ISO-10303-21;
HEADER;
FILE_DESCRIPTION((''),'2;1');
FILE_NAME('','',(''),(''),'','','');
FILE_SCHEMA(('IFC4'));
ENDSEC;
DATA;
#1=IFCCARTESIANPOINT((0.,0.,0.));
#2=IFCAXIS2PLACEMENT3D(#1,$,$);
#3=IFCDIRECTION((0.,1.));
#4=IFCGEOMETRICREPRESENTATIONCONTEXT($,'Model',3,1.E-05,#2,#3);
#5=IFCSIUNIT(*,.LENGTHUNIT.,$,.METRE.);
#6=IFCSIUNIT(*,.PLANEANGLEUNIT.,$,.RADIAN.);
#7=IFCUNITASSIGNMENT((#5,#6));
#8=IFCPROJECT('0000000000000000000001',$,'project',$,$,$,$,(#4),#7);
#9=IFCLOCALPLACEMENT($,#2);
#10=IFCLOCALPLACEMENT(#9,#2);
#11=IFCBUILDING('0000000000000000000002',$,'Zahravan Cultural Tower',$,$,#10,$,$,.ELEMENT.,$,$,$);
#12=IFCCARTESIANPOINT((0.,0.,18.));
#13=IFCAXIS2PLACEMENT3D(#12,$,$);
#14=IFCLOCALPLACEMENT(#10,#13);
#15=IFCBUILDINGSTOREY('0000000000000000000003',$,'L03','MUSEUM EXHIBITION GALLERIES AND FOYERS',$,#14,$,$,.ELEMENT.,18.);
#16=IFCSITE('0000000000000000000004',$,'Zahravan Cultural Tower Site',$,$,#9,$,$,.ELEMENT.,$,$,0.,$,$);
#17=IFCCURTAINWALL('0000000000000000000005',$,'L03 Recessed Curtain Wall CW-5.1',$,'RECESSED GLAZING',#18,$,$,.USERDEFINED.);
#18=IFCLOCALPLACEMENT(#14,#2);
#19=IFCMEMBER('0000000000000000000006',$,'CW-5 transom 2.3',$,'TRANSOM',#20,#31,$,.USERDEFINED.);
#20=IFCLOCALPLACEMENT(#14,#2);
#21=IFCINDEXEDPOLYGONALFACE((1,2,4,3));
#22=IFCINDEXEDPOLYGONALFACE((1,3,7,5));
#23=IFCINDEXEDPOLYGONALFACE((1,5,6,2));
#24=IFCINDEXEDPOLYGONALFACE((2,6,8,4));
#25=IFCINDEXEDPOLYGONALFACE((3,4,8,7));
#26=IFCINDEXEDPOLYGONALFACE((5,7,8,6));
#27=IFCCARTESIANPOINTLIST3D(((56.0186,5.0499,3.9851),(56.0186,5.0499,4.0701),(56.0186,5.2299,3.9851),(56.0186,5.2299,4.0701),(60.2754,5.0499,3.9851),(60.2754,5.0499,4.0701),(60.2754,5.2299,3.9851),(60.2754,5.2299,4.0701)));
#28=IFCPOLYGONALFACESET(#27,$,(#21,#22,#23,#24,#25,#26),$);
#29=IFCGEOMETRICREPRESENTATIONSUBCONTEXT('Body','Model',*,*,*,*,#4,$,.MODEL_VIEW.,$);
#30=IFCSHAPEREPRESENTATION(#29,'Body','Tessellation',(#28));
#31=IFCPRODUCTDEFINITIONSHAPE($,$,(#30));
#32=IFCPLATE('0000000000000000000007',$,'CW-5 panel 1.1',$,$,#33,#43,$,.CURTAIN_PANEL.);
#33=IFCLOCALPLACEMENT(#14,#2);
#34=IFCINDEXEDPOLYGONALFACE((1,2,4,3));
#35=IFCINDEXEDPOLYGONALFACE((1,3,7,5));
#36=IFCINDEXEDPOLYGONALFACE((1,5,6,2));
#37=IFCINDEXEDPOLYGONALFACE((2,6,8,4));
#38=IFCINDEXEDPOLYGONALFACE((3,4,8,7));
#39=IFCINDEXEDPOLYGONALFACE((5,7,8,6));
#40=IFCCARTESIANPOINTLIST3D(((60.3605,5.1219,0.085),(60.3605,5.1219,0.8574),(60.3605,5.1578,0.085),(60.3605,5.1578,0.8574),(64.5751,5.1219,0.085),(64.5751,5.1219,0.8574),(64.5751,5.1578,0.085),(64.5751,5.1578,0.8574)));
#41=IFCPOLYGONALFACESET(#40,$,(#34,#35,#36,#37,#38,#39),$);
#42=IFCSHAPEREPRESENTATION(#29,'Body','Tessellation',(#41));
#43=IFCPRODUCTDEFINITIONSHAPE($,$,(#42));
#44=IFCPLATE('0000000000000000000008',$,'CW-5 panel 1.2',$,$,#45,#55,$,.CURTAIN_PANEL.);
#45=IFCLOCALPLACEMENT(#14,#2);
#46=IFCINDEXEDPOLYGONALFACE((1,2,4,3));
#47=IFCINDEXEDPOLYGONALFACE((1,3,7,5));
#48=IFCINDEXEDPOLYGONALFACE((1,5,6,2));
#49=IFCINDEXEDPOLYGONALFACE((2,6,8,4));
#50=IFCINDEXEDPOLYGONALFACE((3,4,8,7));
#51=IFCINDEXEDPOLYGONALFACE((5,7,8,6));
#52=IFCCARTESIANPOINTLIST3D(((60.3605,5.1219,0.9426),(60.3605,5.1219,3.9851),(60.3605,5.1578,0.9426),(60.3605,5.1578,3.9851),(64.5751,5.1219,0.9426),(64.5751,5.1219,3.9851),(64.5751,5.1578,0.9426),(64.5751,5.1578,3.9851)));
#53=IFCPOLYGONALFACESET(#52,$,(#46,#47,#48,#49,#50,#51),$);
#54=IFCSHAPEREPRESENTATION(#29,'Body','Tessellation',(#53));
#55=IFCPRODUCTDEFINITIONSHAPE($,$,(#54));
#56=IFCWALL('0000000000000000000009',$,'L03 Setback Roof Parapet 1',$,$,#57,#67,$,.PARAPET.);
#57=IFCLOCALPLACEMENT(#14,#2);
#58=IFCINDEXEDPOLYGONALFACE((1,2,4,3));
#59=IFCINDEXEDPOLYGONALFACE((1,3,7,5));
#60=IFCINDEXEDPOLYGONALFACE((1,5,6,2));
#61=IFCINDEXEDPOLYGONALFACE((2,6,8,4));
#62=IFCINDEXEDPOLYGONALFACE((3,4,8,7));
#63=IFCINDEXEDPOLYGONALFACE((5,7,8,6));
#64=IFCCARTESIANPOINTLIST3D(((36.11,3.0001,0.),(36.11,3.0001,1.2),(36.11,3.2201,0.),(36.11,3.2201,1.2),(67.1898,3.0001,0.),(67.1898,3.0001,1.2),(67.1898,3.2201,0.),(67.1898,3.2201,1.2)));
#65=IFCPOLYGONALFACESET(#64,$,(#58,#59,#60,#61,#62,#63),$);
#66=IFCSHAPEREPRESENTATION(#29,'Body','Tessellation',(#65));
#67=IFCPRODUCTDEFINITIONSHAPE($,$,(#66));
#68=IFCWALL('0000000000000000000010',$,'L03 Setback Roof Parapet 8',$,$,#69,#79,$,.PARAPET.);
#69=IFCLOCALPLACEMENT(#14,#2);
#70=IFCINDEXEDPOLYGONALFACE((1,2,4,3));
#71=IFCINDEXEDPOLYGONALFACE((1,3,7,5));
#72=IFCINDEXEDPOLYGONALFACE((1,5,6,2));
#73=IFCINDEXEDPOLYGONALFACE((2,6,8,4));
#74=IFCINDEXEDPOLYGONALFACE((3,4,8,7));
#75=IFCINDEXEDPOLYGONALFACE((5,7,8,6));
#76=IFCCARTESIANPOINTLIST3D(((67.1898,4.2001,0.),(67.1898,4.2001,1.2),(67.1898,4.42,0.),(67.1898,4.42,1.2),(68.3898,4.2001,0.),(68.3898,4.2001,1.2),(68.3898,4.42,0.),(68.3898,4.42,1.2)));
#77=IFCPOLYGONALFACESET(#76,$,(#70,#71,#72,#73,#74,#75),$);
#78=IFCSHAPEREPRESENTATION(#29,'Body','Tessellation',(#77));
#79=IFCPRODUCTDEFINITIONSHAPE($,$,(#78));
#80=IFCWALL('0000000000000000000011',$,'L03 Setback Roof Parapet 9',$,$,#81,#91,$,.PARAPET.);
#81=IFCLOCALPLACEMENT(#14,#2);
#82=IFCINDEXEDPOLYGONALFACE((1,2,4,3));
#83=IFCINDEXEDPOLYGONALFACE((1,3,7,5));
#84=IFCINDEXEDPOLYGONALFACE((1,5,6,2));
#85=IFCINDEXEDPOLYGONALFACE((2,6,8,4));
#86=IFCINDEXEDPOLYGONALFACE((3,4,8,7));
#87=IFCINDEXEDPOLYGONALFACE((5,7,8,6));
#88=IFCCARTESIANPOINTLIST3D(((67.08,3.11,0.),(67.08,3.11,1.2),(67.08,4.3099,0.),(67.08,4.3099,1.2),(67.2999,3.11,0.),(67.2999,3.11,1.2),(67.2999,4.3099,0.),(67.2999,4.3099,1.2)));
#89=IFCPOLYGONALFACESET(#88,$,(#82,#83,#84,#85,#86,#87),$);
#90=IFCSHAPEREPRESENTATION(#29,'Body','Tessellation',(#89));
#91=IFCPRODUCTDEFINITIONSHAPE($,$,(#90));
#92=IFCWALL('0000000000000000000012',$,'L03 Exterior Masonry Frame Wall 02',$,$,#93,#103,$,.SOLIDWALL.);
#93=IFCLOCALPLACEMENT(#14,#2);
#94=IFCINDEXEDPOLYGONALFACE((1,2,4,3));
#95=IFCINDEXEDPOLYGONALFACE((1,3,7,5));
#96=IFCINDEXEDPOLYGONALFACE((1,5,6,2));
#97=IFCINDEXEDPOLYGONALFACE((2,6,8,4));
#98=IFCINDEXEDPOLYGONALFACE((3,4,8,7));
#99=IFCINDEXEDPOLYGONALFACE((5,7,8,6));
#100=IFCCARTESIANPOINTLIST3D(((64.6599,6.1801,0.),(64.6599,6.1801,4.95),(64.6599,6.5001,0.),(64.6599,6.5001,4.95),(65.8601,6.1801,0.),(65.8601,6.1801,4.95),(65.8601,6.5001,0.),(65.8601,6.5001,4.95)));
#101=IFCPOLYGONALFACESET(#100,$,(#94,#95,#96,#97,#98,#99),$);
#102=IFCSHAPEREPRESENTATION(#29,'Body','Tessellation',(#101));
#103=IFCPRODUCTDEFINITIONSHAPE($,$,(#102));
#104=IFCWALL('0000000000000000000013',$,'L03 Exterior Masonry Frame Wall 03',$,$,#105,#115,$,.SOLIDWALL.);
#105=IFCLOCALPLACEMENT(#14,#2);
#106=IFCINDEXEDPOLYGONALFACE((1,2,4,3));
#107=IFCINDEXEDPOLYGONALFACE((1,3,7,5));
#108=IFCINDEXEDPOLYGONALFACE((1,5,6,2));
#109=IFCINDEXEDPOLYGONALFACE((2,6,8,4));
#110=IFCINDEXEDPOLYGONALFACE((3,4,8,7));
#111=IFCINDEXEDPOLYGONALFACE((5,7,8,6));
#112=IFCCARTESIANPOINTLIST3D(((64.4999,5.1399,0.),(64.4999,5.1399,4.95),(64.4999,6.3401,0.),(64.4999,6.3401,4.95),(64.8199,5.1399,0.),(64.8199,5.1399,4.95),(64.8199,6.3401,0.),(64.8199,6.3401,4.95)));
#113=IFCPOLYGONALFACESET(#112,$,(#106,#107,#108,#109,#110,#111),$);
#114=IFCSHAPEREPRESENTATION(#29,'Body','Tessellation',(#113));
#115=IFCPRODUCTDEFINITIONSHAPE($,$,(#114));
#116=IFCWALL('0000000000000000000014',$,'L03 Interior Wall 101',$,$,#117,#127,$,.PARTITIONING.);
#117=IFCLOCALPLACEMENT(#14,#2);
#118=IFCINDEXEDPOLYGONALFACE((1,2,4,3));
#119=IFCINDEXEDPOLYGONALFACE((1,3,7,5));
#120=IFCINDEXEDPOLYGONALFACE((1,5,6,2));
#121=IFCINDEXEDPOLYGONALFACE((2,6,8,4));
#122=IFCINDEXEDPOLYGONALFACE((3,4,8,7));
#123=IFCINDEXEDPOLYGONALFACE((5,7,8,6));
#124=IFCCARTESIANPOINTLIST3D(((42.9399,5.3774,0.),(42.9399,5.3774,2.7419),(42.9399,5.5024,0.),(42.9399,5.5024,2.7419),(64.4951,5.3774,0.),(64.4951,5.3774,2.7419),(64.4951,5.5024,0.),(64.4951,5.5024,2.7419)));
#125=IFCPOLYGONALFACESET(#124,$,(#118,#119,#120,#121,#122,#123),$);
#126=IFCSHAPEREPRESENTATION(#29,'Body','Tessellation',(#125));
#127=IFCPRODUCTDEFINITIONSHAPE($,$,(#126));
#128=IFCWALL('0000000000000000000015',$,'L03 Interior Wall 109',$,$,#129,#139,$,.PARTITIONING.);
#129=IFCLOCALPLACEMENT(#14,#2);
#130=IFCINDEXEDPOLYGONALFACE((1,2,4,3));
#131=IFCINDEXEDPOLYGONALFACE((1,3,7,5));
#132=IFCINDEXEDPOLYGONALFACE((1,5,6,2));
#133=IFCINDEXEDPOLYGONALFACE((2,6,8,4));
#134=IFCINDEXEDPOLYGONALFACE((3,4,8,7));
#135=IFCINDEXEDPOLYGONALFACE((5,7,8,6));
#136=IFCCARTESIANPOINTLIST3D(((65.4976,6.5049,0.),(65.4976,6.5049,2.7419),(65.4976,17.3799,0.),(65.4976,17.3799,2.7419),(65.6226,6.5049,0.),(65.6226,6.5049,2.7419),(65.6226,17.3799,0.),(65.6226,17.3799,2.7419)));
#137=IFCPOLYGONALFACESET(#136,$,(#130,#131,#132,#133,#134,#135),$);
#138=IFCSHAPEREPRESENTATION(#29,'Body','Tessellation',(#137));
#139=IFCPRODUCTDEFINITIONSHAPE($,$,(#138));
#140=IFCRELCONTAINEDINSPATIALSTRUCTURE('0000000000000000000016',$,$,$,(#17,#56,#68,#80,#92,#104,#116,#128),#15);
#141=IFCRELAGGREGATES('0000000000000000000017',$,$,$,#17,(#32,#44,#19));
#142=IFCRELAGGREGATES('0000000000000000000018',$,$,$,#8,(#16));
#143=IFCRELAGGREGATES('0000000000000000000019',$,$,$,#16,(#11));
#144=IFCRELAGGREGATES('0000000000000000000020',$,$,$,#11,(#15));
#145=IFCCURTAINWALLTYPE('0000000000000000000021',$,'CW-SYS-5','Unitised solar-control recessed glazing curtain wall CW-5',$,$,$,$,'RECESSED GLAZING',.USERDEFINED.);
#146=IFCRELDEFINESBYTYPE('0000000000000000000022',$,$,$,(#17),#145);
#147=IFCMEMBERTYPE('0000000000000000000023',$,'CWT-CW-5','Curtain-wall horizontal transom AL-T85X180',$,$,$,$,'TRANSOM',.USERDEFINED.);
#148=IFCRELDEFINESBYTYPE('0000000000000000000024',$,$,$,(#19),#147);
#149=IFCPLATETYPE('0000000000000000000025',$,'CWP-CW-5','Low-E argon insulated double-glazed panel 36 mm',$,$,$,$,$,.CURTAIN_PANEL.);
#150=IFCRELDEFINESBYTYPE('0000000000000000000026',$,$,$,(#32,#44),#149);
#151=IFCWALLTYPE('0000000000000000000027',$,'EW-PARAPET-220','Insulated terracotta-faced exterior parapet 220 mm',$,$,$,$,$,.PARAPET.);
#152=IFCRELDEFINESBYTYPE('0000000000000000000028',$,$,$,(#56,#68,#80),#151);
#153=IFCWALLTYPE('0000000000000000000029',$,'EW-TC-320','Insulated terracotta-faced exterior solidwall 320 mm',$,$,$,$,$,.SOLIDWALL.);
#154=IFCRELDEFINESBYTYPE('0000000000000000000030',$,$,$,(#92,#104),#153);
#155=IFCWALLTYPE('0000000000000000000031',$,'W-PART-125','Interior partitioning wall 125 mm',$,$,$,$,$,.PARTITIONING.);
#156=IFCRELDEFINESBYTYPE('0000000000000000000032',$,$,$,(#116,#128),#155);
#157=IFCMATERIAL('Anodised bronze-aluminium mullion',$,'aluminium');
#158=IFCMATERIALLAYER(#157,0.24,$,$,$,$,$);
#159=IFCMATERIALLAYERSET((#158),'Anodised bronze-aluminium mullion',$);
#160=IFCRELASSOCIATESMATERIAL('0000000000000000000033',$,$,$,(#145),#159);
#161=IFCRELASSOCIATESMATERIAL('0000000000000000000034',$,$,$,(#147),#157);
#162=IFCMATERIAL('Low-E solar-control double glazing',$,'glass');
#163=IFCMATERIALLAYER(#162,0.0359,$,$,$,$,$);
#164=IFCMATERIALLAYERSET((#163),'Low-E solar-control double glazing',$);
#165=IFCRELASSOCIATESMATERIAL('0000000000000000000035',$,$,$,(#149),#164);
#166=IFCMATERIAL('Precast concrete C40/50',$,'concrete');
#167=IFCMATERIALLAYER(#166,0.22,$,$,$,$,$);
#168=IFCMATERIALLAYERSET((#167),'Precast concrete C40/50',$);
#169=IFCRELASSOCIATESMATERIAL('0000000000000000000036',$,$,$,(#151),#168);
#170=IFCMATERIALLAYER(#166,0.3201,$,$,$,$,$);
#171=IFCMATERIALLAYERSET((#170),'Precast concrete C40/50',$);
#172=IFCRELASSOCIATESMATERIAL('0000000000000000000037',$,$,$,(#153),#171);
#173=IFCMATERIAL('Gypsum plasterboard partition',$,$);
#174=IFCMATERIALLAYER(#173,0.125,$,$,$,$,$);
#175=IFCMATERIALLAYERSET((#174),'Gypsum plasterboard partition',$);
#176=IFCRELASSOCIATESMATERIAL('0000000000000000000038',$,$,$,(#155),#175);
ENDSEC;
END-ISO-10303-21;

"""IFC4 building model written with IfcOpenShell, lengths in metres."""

from ifc_helpers import new_model, si_unit, direction, frame, frame_2d, origin, origin_2d, place, context, subcontext, project, spatial, rectangle, extrude, source, transform, mapped, material, layer, layer_set, material_profile, profile_set, type_object, element, aggregate, save


model = new_model("IFC4")

# Units and contexts
model_context = context("Model", 3, precision=1e-05, world=origin(), true_north=direction((0.0, 1.0)))
body_context = subcontext(model_context, "Body", "Model", "MODEL_VIEW")
ifc_project = project(units=[si_unit("LENGTHUNIT", "METRE"), si_unit("PLANEANGLEUNIT", "RADIAN")], contexts=[model_context])

# Site, building, storey
site_placement = place(None, origin())
site = spatial("IfcSite", under=ifc_project, at=site_placement, Name="Zahravan Cultural Tower Site", CompositionType="ELEMENT", RefElevation=0.0)
building_placement = place(site_placement, origin())
building = spatial("IfcBuilding", under=site, at=building_placement, Name="Zahravan Cultural Tower", CompositionType="ELEMENT")
storey_placement = place(building_placement, frame((0.0, 0.0, 18.0)))
storey = spatial("IfcBuildingStorey", under=building, at=storey_placement, Name="L03", Description="MUSEUM EXHIBITION GALLERIES AND FOYERS", CompositionType="ELEMENT", Elevation=18.0)

# Curtain wall, member, plates
ifc_material_1 = material(Name="Anodised bronze-aluminium mullion", Category="aluminium")
ifc_layer_1 = layer(ifc_material_1, 0.24)
ifc_layer_set_1 = layer_set([ifc_layer_1], Name="Anodised bronze-aluminium mullion")
curtain_wall_type = type_object("IfcCurtainWallType", Name="CW-SYS-5", Description="Unitised solar-control recessed glazing curtain wall CW-5", ElementType="RECESSED GLAZING", PredefinedType="USERDEFINED", material=ifc_layer_set_1)
curtain_wall_placement = place(storey_placement, origin())
curtain_wall = element("IfcCurtainWall", 1, at=curtain_wall_placement, inside=storey, type_object=curtain_wall_type, Name="L03 Recessed Curtain Wall CW-5.1", ObjectType="RECESSED GLAZING", PredefinedType="USERDEFINED")
ifc_material_profile_1 = material_profile(ifc_material_1, rectangle(XDim=0.1799, YDim=0.085, at=origin_2d()), Name="AL-T85X180")
ifc_profile_set_1 = profile_set([ifc_material_profile_1], Name="Anodised bronze-aluminium mullion")
member_type_1 = type_object("IfcMemberType", Name="CWT-CW-5", Description="Curtain-wall horizontal transom AL-T85X180", ElementType="TRANSOM", PredefinedType="USERDEFINED", material=ifc_profile_set_1)
shared_shape_1 = source(origin(), body_context, "Body", "SweptSolid", [
    extrude(rectangle(XDim=0.1799, YDim=0.085, at=origin_2d()), origin(), (0.0, 0.0, 1.0), 4.2568),
])
member_1_placement = place(storey_placement, frame((60.2754, 5.1399, 4.0276), z_axis=(-1.0, 0.0, 0.0), x_axis=(0.0, -1.0, 0.0)))
member_1 = element("IfcMember", 2, at=member_1_placement, type_object=member_type_1, Name="CW-5 transom 2.3", ObjectType="TRANSOM", PredefinedType="USERDEFINED", context=body_context, shape_type="MappedRepresentation", body=[
    mapped(shared_shape_1, transform((0.0, 0.0, 0.0), x_axis=(1.0, 0.0, 0.0), y_axis=(0.0, 1.0, 0.0), z_axis=(0.0, 0.0, 1.0), scale=1.0)),
])
ifc_material_2 = material(Name="Low-E solar-control double glazing", Category="glass")
ifc_layer_2 = layer(ifc_material_2, 0.0359)
ifc_layer_set_2 = layer_set([ifc_layer_2], Name="Low-E solar-control double glazing")
plate_type = type_object("IfcPlateType", Name="CWP-CW-5", Description="Low-E argon insulated double-glazed panel 36 mm", PredefinedType="CURTAIN_PANEL", material=ifc_layer_set_2)
shared_shape_2 = source(origin(), body_context, "Body", "SweptSolid", [
    extrude(rectangle(XDim=4.2146, YDim=0.0359, at=origin_2d()), origin(), (0.0, 0.0, 1.0), 0.7725),
])
plate_1_placement = place(storey_placement, frame((62.4678, 5.1399, 0.085), z_axis=(0.0, 0.0, 1.0), x_axis=(-1.0, 0.0, 0.0)))
plate_1 = element("IfcPlate", 3, at=plate_1_placement, type_object=plate_type, Name="CW-5 panel 1.1", PredefinedType="CURTAIN_PANEL", context=body_context, shape_type="MappedRepresentation", body=[
    mapped(shared_shape_2, transform((0.0, 0.0, 0.0), x_axis=(1.0, 0.0, 0.0), y_axis=(0.0, 1.0, 0.0), z_axis=(0.0, 0.0, 1.0), scale=1.0)),
])
shared_shape_3 = source(origin(), body_context, "Body", "SweptSolid", [
    extrude(rectangle(XDim=4.2146, YDim=0.0359, at=origin_2d()), origin(), (0.0, 0.0, 1.0), 3.0425),
])
plate_2_placement = place(storey_placement, frame((62.4678, 5.1399, 0.9426), z_axis=(0.0, 0.0, 1.0), x_axis=(-1.0, 0.0, 0.0)))
plate_2 = element("IfcPlate", 4, at=plate_2_placement, type_object=plate_type, Name="CW-5 panel 1.2", PredefinedType="CURTAIN_PANEL", context=body_context, shape_type="MappedRepresentation", body=[
    mapped(shared_shape_3, transform((0.0, 0.0, 0.0), x_axis=(1.0, 0.0, 0.0), y_axis=(0.0, 1.0, 0.0), z_axis=(0.0, 0.0, 1.0), scale=1.0)),
])
aggregate(curtain_wall, [plate_1, plate_2, member_1])

# Walls
ifc_material_3 = material(Name="Precast concrete C40/50", Category="concrete")
ifc_layer_3 = layer(ifc_material_3, 0.22)
ifc_layer_set_3 = layer_set([ifc_layer_3], Name="Precast concrete C40/50")
wall_type_1 = type_object("IfcWallType", Name="EW-PARAPET-220", Description="Insulated terracotta-faced exterior parapet 220 mm", PredefinedType="PARAPET", material=ifc_layer_set_3)
shared_shape_4 = source(origin(), body_context, "Body", "SweptSolid", [
    extrude(rectangle(XDim=31.0798, YDim=0.22, at=frame_2d((15.54, 0.0))), origin(), (0.0, 0.0, 1.0), 1.2),
])
wall_1_placement = place(storey_placement, frame((67.1899, 3.1101, 0.0), z_axis=(0.0, 0.0, 1.0), x_axis=(-1.0, 0.0, 0.0)))
element("IfcWall", 5, at=wall_1_placement, inside=storey, type_object=wall_type_1, Name="L03 Setback Roof Parapet 1", PredefinedType="PARAPET", context=body_context, shape_type="MappedRepresentation", body=[
    mapped(shared_shape_4, transform((0.0, 0.0, 0.0), x_axis=(1.0, 0.0, 0.0), y_axis=(0.0, 1.0, 0.0), z_axis=(0.0, 0.0, 1.0), scale=1.0)),
])
shared_shape_5 = source(origin(), body_context, "Body", "SweptSolid", [
    extrude(rectangle(XDim=1.2, YDim=0.22, at=frame_2d((0.6001, 0.0))), origin(), (0.0, 0.0, 1.0), 1.2),
])
for number, where, z_axis, x_axis, name in (
    (6, (68.3899, 4.3101, 0.0), (0.0, 0.0, 1.0), (-1.0, 0.0, 0.0), "L03 Setback Roof Parapet 8"),
    (7, (67.1899, 4.3101, 0.0), (0.0, 0.0, 1.0), (0.0, -1.0, 0.0), "L03 Setback Roof Parapet 9"),
):
    element("IfcWall", number, at=place(storey_placement, frame(where, z_axis=z_axis, x_axis=x_axis)), inside=storey, type_object=wall_type_1, Name=name, PredefinedType="PARAPET", context=body_context, shape_type="MappedRepresentation", body=[
        mapped(shared_shape_5, transform((0.0, 0.0, 0.0), x_axis=(1.0, 0.0, 0.0), y_axis=(0.0, 1.0, 0.0), z_axis=(0.0, 0.0, 1.0), scale=1.0)),
    ])
ifc_layer_4 = layer(ifc_material_3, 0.3201)
ifc_layer_set_4 = layer_set([ifc_layer_4], Name="Precast concrete C40/50")
wall_type_2 = type_object("IfcWallType", Name="EW-TC-320", Description="Insulated terracotta-faced exterior solidwall 320 mm", PredefinedType="SOLIDWALL", material=ifc_layer_set_4)
shared_shape_6 = source(origin(), body_context, "Body", "SweptSolid", [
    extrude(rectangle(XDim=1.2002, YDim=0.3201, at=frame_2d((0.6001, 0.0))), origin(), (0.0, 0.0, 1.0), 4.95),
])
for number, where, z_axis, x_axis, name in (
    (8, (65.8601, 6.3401, 0.0), (0.0, 0.0, 1.0), (-1.0, 0.0, 0.0), "L03 Exterior Masonry Frame Wall 02"),
    (9, (64.6599, 6.3401, 0.0), (0.0, 0.0, 1.0), (0.0, -1.0, 0.0), "L03 Exterior Masonry Frame Wall 03"),
):
    element("IfcWall", number, at=place(storey_placement, frame(where, z_axis=z_axis, x_axis=x_axis)), inside=storey, type_object=wall_type_2, Name=name, PredefinedType="SOLIDWALL", context=body_context, shape_type="MappedRepresentation", body=[
        mapped(shared_shape_6, transform((0.0, 0.0, 0.0), x_axis=(1.0, 0.0, 0.0), y_axis=(0.0, 1.0, 0.0), z_axis=(0.0, 0.0, 1.0), scale=1.0)),
    ])
ifc_material_4 = material(Name="Gypsum plasterboard partition")
ifc_layer_5 = layer(ifc_material_4, 0.125)
ifc_layer_set_5 = layer_set([ifc_layer_5], Name="Gypsum plasterboard partition")
wall_type_3 = type_object("IfcWallType", Name="W-PART-125", Description="Interior partitioning wall 125 mm", PredefinedType="PARTITIONING", material=ifc_layer_set_5)
shared_shape_7 = source(origin(), body_context, "Body", "SweptSolid", [
    extrude(rectangle(XDim=21.5552, YDim=0.125, at=frame_2d((10.7776, 0.0))), origin(), (0.0, 0.0, 1.0), 2.7419),
])
wall_2_placement = place(storey_placement, frame((64.4951, 5.4399, 0.0), z_axis=(0.0, 0.0, 1.0), x_axis=(-1.0, 0.0, 0.0)))
element("IfcWall", 10, at=wall_2_placement, inside=storey, type_object=wall_type_3, Name="L03 Interior Wall 101", PredefinedType="PARTITIONING", context=body_context, shape_type="MappedRepresentation", body=[
    mapped(shared_shape_7, transform((0.0, 0.0, 0.0), x_axis=(1.0, 0.0, 0.0), y_axis=(0.0, 1.0, 0.0), z_axis=(0.0, 0.0, 1.0), scale=1.0)),
])
shared_shape_8 = source(origin(), body_context, "Body", "SweptSolid", [
    extrude(rectangle(XDim=10.875, YDim=0.125, at=frame_2d((5.4375, 0.0))), origin(), (0.0, 0.0, 1.0), 2.7419),
])
wall_3_placement = place(storey_placement, frame((65.5601, 17.3799, 0.0), z_axis=(0.0, 0.0, 1.0), x_axis=(0.0, -1.0, 0.0)))
element("IfcWall", 11, at=wall_3_placement, inside=storey, type_object=wall_type_3, Name="L03 Interior Wall 109", PredefinedType="PARTITIONING", context=body_context, shape_type="MappedRepresentation", body=[
    mapped(shared_shape_8, transform((0.0, 0.0, 0.0), x_axis=(1.0, 0.0, 0.0), y_axis=(0.0, 1.0, 0.0), z_axis=(0.0, 0.0, 1.0), scale=1.0)),
])

save(model, "model.ifc")
